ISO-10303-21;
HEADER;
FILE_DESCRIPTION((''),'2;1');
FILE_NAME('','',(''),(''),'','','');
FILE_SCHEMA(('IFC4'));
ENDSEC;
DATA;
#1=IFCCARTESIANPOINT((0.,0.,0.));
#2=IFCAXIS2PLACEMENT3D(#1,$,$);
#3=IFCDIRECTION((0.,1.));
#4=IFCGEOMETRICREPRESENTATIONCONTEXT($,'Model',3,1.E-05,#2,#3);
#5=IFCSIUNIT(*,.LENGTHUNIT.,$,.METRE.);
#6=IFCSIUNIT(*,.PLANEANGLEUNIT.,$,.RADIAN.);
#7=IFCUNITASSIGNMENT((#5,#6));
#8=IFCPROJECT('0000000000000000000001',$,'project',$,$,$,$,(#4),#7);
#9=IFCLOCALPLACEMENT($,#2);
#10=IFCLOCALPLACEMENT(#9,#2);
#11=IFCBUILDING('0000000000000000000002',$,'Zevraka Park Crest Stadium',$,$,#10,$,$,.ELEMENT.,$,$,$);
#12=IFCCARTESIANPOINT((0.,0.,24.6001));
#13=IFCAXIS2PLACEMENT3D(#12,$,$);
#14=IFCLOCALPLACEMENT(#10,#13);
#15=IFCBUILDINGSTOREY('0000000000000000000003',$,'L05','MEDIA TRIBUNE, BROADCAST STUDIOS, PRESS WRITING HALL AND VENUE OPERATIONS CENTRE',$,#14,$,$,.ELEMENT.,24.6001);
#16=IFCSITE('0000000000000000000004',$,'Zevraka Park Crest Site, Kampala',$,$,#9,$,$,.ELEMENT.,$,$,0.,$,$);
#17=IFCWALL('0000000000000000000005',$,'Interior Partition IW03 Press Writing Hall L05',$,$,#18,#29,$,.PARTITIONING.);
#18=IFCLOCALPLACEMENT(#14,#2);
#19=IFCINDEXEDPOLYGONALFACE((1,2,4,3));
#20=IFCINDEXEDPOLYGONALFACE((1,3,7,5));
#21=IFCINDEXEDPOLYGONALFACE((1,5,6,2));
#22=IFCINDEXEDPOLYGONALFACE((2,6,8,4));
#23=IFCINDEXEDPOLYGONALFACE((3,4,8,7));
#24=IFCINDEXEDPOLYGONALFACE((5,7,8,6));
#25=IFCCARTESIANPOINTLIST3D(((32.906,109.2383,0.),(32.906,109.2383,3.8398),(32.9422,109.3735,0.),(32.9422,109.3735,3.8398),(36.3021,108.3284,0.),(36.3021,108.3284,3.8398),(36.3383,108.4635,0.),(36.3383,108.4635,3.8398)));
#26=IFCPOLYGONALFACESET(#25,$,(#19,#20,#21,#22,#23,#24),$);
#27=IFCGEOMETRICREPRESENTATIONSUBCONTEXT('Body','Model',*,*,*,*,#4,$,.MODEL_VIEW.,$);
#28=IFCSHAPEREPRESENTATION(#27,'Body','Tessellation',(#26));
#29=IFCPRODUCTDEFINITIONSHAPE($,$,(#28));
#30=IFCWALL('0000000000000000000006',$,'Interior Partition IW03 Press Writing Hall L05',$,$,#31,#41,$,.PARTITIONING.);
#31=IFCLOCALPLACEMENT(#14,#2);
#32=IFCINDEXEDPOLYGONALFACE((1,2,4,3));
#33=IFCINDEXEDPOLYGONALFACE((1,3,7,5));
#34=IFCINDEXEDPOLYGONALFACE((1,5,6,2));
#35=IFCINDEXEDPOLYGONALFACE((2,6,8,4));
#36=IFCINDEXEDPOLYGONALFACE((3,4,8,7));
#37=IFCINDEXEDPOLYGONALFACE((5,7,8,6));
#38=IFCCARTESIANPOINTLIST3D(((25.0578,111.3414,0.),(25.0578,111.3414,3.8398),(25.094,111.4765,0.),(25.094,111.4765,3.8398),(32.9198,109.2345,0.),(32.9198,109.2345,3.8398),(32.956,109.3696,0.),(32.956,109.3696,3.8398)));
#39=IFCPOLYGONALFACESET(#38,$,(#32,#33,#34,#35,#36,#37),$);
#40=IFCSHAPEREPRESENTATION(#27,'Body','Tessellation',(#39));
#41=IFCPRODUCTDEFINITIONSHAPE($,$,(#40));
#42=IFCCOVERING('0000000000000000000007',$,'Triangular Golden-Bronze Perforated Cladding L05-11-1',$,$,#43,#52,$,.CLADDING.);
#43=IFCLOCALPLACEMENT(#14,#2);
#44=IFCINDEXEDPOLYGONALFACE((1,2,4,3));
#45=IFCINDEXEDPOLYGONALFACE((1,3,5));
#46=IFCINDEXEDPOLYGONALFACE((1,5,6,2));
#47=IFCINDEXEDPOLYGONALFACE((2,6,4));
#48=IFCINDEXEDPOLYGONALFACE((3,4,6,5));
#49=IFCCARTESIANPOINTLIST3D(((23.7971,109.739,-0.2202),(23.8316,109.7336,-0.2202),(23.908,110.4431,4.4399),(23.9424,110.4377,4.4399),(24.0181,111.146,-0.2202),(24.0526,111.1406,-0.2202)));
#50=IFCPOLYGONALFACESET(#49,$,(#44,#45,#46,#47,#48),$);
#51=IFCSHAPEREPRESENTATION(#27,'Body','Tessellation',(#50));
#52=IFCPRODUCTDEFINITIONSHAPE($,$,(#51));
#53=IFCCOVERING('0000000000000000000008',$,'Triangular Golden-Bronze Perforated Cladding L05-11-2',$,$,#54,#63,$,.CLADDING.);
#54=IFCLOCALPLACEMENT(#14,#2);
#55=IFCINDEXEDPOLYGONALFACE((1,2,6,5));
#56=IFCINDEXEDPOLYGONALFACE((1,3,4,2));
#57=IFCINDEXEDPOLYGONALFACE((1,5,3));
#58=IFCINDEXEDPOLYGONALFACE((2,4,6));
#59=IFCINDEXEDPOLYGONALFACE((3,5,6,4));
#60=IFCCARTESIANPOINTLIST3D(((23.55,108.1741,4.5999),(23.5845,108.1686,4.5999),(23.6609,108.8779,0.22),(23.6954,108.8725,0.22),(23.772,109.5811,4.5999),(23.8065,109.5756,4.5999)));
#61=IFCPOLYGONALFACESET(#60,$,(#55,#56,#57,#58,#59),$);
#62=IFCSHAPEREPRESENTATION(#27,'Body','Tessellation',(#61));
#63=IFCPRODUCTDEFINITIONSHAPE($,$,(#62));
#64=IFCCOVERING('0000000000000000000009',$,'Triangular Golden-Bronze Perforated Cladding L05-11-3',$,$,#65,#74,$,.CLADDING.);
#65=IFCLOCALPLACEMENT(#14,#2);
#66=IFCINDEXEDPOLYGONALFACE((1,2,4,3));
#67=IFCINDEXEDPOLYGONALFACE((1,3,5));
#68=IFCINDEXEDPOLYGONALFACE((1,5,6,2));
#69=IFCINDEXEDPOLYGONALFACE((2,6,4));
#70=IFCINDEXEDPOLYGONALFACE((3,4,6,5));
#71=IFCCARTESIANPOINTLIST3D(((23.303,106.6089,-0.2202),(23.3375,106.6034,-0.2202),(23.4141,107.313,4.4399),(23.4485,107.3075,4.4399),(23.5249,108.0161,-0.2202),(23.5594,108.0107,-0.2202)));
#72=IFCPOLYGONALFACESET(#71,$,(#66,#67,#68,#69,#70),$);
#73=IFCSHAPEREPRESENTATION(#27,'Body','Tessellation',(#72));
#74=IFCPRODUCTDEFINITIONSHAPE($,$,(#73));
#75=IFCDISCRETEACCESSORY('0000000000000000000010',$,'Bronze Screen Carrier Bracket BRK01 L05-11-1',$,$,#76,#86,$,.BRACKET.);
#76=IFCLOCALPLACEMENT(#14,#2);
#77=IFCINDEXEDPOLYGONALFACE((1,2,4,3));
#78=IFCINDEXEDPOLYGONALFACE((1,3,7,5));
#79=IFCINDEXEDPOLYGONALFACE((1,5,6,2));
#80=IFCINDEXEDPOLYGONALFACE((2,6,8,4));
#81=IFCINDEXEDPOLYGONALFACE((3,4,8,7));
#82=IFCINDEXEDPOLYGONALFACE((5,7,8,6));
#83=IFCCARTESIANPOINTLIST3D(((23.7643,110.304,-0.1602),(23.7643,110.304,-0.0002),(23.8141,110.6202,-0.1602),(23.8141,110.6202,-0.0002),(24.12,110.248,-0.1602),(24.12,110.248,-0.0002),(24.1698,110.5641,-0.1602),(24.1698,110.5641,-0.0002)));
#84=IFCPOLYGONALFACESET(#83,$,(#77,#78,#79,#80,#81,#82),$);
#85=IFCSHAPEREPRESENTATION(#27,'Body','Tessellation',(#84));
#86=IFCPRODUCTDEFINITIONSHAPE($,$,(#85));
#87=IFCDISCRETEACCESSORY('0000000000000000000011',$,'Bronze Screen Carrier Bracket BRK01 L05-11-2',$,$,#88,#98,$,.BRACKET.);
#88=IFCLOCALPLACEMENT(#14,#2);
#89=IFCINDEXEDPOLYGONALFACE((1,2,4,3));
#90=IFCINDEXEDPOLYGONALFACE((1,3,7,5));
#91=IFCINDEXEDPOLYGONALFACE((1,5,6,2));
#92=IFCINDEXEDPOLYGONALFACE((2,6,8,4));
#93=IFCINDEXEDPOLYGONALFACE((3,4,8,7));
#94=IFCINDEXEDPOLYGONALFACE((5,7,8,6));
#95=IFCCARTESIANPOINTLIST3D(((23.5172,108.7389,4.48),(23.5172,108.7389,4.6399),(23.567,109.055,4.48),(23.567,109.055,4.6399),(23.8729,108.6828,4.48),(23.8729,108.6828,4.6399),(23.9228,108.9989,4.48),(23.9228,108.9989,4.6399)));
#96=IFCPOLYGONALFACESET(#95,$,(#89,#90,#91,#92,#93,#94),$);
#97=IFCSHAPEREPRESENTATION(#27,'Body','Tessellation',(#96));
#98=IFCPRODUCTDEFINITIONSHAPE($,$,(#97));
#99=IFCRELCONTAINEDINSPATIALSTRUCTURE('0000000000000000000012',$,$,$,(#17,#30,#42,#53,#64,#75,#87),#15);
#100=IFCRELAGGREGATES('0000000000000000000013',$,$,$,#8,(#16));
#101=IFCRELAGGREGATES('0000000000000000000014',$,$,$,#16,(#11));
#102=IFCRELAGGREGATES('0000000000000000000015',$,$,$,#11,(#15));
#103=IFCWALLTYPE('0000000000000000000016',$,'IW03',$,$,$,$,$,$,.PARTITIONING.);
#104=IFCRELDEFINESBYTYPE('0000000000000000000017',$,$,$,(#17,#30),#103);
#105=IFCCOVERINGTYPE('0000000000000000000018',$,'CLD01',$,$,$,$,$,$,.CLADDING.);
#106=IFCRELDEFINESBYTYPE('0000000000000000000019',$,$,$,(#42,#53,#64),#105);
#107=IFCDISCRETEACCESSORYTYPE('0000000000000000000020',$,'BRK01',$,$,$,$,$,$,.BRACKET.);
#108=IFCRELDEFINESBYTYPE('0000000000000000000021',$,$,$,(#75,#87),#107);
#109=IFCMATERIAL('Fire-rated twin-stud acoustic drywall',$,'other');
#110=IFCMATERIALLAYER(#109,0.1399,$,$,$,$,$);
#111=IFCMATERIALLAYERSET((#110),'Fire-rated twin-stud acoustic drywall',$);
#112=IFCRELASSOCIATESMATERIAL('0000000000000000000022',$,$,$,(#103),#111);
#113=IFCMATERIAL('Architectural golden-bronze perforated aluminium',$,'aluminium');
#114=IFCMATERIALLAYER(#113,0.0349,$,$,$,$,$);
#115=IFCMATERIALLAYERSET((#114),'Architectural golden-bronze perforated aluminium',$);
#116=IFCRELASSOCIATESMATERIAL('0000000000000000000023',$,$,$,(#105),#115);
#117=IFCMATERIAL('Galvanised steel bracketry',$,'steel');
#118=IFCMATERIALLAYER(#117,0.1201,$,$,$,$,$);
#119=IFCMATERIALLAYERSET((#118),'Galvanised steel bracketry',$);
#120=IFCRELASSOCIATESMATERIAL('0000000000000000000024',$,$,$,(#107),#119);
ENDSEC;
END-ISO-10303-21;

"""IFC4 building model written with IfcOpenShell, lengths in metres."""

from ifc_helpers import new_model, si_unit, direction, frame, frame_2d, origin, origin_2d, place, context, subcontext, project, spatial, polyline, rectangle, outline, extrude, material, layer, layer_set, type_object, element, save


model = new_model("IFC4")

# Units and contexts
model_context = context("Model", 3, precision=1e-05, world=origin(), true_north=direction((0.0, 1.0)))
body_context = subcontext(model_context, "Body", "Model", "MODEL_VIEW")
ifc_project = project(units=[si_unit("LENGTHUNIT", "METRE"), si_unit("PLANEANGLEUNIT", "RADIAN")], contexts=[model_context])

# Site, building, storey
site_placement = place(None, origin())
site = spatial("IfcSite", under=ifc_project, at=site_placement, Name="Zevraka Park Crest Site, Kampala", CompositionType="ELEMENT", RefElevation=0.0)
building_placement = place(site_placement, origin())
building = spatial("IfcBuilding", under=site, at=building_placement, Name="Zevraka Park Crest Stadium", CompositionType="ELEMENT")
storey_placement = place(building_placement, frame((0.0, 0.0, 24.6001)))
storey = spatial("IfcBuildingStorey", under=building, at=storey_placement, Name="L05", Description="MEDIA TRIBUNE, BROADCAST STUDIOS, PRESS WRITING HALL AND VENUE OPERATIONS CENTRE", CompositionType="ELEMENT", Elevation=24.6001)

# Walls
ifc_material_1 = material(Name="Fire-rated twin-stud acoustic drywall", Category="other")
ifc_layer_1 = layer(ifc_material_1, 0.1399)
ifc_layer_set_1 = layer_set([ifc_layer_1], Name="Fire-rated twin-stud acoustic drywall")
wall_type = type_object("IfcWallType", Name="IW03", PredefinedType="PARTITIONING", material=ifc_layer_set_1)
wall_1_placement = place(storey_placement, frame((36.3201, 108.396, 0.0), z_axis=(0.0, 0.0, 1.0), x_axis=(-0.965929, 0.258808, 0.0)))
element("IfcWall", 1, at=wall_1_placement, inside=storey, type_object=wall_type, Name="Interior Partition IW03 Press Writing Hall L05", PredefinedType="PARTITIONING", context=body_context, shape_type="SweptSolid", body=[
    extrude(rectangle(XDim=3.5159, YDim=0.1399, at=frame_2d((1.7578, 0.0))), origin(), (0.0, 0.0, 1.0), 3.8398),
])
wall_2_placement = place(storey_placement, frame((32.938, 109.302, 0.0), z_axis=(0.0, 0.0, 1.0), x_axis=(-0.965917, 0.258854, 0.0)))
element("IfcWall", 2, at=wall_2_placement, inside=storey, type_object=wall_type, Name="Interior Partition IW03 Press Writing Hall L05", PredefinedType="PARTITIONING", context=body_context, shape_type="SweptSolid", body=[
    extrude(rectangle(XDim=8.1394, YDim=0.1399, at=frame_2d((4.0698, 0.0))), origin(), (0.0, 0.0, 1.0), 3.8398),
])

# Coverings
ifc_material_2 = material(Name="Architectural golden-bronze perforated aluminium", Category="aluminium")
ifc_layer_2 = layer(ifc_material_2, 0.0349)
ifc_layer_set_2 = layer_set([ifc_layer_2], Name="Architectural golden-bronze perforated aluminium")
covering_type = type_object("IfcCoveringType", Name="CLD01", PredefinedType="CLADDING", material=ifc_layer_set_2)
covering_1_placement = place(storey_placement, frame((24.0181, 111.146, -0.2202), z_axis=(-0.987893, 0.155135, 0.000057), x_axis=(-0.155135, -0.987893, 0.0)))
element("IfcCovering", 3, at=covering_1_placement, inside=storey, type_object=covering_type, Name="Triangular Golden-Bronze Perforated Cladding L05-11-1", PredefinedType="CLADDING", context=body_context, shape_type="SweptSolid", body=[
    extrude(outline(polyline([(0.0, 0.0), (1.4242, 0.0), (0.7115, 4.6602), (0.0, 0.0)])), origin(), (0.0, 0.0, -1.0), 0.0349),
])
covering_2_placement = place(storey_placement, frame((23.55, 108.1741, 4.5999), z_axis=(-0.987788, 0.155804, 0.000041), x_axis=(0.155804, 0.987788, 0.0)))
element("IfcCovering", 4, at=covering_2_placement, inside=storey, type_object=covering_type, Name="Triangular Golden-Bronze Perforated Cladding L05-11-2", PredefinedType="CLADDING", context=body_context, shape_type="SweptSolid", body=[
    extrude(outline(polyline([(0.0, 0.0), (1.4244, 0.0), (0.7125, 4.3799), (0.0, 0.0)])), origin(), (0.0, 0.0, -1.0), 0.0349),
])
covering_3_placement = place(storey_placement, frame((23.5249, 108.0161, -0.2202), z_axis=(-0.987792, 0.155778, 0.00001), x_axis=(-0.155778, -0.987792, 0.0)))
element("IfcCovering", 5, at=covering_3_placement, inside=storey, type_object=covering_type, Name="Triangular Golden-Bronze Perforated Cladding L05-11-3", PredefinedType="CLADDING", context=body_context, shape_type="SweptSolid", body=[
    extrude(outline(polyline([(0.0, 0.0), (1.4246, 0.0), (0.7118, 4.6602), (0.0, 0.0)])), origin(), (0.0, 0.0, -1.0), 0.0349),
])

# Discrete accessories
ifc_material_3 = material(Name="Galvanised steel bracketry", Category="steel")
ifc_layer_3 = layer(ifc_material_3, 0.1201)
ifc_layer_set_3 = layer_set([ifc_layer_3], Name="Galvanised steel bracketry")
discrete_accessory_type = type_object("IfcDiscreteAccessoryType", Name="BRK01", PredefinedType="BRACKET", material=ifc_layer_set_3)
for number, where, z_axis, x_axis, name in (
    (6, (23.967, 110.4341, -0.1602), (0.0, 0.0, 1.0), (-0.155745, -0.987797, 0.0), "Bronze Screen Carrier Bracket BRK01 L05-11-1"),
    (7, (23.72, 108.8689, 4.48), (0.0, 0.0, 1.0), (-0.155745, -0.987797, 0.0), "Bronze Screen Carrier Bracket BRK01 L05-11-2"),
):
    element("IfcDiscreteAccessory", number, at=place(storey_placement, frame(where, z_axis=z_axis, x_axis=x_axis)), inside=storey, type_object=discrete_accessory_type, Name=name, PredefinedType="BRACKET", context=body_context, shape_type="SweptSolid", body=[
        extrude(rectangle(XDim=0.3201, YDim=0.3601, at=origin_2d()), origin(), (0.0, 0.0, 1.0), 0.1599),
    ])

save(model, "model.ifc")
